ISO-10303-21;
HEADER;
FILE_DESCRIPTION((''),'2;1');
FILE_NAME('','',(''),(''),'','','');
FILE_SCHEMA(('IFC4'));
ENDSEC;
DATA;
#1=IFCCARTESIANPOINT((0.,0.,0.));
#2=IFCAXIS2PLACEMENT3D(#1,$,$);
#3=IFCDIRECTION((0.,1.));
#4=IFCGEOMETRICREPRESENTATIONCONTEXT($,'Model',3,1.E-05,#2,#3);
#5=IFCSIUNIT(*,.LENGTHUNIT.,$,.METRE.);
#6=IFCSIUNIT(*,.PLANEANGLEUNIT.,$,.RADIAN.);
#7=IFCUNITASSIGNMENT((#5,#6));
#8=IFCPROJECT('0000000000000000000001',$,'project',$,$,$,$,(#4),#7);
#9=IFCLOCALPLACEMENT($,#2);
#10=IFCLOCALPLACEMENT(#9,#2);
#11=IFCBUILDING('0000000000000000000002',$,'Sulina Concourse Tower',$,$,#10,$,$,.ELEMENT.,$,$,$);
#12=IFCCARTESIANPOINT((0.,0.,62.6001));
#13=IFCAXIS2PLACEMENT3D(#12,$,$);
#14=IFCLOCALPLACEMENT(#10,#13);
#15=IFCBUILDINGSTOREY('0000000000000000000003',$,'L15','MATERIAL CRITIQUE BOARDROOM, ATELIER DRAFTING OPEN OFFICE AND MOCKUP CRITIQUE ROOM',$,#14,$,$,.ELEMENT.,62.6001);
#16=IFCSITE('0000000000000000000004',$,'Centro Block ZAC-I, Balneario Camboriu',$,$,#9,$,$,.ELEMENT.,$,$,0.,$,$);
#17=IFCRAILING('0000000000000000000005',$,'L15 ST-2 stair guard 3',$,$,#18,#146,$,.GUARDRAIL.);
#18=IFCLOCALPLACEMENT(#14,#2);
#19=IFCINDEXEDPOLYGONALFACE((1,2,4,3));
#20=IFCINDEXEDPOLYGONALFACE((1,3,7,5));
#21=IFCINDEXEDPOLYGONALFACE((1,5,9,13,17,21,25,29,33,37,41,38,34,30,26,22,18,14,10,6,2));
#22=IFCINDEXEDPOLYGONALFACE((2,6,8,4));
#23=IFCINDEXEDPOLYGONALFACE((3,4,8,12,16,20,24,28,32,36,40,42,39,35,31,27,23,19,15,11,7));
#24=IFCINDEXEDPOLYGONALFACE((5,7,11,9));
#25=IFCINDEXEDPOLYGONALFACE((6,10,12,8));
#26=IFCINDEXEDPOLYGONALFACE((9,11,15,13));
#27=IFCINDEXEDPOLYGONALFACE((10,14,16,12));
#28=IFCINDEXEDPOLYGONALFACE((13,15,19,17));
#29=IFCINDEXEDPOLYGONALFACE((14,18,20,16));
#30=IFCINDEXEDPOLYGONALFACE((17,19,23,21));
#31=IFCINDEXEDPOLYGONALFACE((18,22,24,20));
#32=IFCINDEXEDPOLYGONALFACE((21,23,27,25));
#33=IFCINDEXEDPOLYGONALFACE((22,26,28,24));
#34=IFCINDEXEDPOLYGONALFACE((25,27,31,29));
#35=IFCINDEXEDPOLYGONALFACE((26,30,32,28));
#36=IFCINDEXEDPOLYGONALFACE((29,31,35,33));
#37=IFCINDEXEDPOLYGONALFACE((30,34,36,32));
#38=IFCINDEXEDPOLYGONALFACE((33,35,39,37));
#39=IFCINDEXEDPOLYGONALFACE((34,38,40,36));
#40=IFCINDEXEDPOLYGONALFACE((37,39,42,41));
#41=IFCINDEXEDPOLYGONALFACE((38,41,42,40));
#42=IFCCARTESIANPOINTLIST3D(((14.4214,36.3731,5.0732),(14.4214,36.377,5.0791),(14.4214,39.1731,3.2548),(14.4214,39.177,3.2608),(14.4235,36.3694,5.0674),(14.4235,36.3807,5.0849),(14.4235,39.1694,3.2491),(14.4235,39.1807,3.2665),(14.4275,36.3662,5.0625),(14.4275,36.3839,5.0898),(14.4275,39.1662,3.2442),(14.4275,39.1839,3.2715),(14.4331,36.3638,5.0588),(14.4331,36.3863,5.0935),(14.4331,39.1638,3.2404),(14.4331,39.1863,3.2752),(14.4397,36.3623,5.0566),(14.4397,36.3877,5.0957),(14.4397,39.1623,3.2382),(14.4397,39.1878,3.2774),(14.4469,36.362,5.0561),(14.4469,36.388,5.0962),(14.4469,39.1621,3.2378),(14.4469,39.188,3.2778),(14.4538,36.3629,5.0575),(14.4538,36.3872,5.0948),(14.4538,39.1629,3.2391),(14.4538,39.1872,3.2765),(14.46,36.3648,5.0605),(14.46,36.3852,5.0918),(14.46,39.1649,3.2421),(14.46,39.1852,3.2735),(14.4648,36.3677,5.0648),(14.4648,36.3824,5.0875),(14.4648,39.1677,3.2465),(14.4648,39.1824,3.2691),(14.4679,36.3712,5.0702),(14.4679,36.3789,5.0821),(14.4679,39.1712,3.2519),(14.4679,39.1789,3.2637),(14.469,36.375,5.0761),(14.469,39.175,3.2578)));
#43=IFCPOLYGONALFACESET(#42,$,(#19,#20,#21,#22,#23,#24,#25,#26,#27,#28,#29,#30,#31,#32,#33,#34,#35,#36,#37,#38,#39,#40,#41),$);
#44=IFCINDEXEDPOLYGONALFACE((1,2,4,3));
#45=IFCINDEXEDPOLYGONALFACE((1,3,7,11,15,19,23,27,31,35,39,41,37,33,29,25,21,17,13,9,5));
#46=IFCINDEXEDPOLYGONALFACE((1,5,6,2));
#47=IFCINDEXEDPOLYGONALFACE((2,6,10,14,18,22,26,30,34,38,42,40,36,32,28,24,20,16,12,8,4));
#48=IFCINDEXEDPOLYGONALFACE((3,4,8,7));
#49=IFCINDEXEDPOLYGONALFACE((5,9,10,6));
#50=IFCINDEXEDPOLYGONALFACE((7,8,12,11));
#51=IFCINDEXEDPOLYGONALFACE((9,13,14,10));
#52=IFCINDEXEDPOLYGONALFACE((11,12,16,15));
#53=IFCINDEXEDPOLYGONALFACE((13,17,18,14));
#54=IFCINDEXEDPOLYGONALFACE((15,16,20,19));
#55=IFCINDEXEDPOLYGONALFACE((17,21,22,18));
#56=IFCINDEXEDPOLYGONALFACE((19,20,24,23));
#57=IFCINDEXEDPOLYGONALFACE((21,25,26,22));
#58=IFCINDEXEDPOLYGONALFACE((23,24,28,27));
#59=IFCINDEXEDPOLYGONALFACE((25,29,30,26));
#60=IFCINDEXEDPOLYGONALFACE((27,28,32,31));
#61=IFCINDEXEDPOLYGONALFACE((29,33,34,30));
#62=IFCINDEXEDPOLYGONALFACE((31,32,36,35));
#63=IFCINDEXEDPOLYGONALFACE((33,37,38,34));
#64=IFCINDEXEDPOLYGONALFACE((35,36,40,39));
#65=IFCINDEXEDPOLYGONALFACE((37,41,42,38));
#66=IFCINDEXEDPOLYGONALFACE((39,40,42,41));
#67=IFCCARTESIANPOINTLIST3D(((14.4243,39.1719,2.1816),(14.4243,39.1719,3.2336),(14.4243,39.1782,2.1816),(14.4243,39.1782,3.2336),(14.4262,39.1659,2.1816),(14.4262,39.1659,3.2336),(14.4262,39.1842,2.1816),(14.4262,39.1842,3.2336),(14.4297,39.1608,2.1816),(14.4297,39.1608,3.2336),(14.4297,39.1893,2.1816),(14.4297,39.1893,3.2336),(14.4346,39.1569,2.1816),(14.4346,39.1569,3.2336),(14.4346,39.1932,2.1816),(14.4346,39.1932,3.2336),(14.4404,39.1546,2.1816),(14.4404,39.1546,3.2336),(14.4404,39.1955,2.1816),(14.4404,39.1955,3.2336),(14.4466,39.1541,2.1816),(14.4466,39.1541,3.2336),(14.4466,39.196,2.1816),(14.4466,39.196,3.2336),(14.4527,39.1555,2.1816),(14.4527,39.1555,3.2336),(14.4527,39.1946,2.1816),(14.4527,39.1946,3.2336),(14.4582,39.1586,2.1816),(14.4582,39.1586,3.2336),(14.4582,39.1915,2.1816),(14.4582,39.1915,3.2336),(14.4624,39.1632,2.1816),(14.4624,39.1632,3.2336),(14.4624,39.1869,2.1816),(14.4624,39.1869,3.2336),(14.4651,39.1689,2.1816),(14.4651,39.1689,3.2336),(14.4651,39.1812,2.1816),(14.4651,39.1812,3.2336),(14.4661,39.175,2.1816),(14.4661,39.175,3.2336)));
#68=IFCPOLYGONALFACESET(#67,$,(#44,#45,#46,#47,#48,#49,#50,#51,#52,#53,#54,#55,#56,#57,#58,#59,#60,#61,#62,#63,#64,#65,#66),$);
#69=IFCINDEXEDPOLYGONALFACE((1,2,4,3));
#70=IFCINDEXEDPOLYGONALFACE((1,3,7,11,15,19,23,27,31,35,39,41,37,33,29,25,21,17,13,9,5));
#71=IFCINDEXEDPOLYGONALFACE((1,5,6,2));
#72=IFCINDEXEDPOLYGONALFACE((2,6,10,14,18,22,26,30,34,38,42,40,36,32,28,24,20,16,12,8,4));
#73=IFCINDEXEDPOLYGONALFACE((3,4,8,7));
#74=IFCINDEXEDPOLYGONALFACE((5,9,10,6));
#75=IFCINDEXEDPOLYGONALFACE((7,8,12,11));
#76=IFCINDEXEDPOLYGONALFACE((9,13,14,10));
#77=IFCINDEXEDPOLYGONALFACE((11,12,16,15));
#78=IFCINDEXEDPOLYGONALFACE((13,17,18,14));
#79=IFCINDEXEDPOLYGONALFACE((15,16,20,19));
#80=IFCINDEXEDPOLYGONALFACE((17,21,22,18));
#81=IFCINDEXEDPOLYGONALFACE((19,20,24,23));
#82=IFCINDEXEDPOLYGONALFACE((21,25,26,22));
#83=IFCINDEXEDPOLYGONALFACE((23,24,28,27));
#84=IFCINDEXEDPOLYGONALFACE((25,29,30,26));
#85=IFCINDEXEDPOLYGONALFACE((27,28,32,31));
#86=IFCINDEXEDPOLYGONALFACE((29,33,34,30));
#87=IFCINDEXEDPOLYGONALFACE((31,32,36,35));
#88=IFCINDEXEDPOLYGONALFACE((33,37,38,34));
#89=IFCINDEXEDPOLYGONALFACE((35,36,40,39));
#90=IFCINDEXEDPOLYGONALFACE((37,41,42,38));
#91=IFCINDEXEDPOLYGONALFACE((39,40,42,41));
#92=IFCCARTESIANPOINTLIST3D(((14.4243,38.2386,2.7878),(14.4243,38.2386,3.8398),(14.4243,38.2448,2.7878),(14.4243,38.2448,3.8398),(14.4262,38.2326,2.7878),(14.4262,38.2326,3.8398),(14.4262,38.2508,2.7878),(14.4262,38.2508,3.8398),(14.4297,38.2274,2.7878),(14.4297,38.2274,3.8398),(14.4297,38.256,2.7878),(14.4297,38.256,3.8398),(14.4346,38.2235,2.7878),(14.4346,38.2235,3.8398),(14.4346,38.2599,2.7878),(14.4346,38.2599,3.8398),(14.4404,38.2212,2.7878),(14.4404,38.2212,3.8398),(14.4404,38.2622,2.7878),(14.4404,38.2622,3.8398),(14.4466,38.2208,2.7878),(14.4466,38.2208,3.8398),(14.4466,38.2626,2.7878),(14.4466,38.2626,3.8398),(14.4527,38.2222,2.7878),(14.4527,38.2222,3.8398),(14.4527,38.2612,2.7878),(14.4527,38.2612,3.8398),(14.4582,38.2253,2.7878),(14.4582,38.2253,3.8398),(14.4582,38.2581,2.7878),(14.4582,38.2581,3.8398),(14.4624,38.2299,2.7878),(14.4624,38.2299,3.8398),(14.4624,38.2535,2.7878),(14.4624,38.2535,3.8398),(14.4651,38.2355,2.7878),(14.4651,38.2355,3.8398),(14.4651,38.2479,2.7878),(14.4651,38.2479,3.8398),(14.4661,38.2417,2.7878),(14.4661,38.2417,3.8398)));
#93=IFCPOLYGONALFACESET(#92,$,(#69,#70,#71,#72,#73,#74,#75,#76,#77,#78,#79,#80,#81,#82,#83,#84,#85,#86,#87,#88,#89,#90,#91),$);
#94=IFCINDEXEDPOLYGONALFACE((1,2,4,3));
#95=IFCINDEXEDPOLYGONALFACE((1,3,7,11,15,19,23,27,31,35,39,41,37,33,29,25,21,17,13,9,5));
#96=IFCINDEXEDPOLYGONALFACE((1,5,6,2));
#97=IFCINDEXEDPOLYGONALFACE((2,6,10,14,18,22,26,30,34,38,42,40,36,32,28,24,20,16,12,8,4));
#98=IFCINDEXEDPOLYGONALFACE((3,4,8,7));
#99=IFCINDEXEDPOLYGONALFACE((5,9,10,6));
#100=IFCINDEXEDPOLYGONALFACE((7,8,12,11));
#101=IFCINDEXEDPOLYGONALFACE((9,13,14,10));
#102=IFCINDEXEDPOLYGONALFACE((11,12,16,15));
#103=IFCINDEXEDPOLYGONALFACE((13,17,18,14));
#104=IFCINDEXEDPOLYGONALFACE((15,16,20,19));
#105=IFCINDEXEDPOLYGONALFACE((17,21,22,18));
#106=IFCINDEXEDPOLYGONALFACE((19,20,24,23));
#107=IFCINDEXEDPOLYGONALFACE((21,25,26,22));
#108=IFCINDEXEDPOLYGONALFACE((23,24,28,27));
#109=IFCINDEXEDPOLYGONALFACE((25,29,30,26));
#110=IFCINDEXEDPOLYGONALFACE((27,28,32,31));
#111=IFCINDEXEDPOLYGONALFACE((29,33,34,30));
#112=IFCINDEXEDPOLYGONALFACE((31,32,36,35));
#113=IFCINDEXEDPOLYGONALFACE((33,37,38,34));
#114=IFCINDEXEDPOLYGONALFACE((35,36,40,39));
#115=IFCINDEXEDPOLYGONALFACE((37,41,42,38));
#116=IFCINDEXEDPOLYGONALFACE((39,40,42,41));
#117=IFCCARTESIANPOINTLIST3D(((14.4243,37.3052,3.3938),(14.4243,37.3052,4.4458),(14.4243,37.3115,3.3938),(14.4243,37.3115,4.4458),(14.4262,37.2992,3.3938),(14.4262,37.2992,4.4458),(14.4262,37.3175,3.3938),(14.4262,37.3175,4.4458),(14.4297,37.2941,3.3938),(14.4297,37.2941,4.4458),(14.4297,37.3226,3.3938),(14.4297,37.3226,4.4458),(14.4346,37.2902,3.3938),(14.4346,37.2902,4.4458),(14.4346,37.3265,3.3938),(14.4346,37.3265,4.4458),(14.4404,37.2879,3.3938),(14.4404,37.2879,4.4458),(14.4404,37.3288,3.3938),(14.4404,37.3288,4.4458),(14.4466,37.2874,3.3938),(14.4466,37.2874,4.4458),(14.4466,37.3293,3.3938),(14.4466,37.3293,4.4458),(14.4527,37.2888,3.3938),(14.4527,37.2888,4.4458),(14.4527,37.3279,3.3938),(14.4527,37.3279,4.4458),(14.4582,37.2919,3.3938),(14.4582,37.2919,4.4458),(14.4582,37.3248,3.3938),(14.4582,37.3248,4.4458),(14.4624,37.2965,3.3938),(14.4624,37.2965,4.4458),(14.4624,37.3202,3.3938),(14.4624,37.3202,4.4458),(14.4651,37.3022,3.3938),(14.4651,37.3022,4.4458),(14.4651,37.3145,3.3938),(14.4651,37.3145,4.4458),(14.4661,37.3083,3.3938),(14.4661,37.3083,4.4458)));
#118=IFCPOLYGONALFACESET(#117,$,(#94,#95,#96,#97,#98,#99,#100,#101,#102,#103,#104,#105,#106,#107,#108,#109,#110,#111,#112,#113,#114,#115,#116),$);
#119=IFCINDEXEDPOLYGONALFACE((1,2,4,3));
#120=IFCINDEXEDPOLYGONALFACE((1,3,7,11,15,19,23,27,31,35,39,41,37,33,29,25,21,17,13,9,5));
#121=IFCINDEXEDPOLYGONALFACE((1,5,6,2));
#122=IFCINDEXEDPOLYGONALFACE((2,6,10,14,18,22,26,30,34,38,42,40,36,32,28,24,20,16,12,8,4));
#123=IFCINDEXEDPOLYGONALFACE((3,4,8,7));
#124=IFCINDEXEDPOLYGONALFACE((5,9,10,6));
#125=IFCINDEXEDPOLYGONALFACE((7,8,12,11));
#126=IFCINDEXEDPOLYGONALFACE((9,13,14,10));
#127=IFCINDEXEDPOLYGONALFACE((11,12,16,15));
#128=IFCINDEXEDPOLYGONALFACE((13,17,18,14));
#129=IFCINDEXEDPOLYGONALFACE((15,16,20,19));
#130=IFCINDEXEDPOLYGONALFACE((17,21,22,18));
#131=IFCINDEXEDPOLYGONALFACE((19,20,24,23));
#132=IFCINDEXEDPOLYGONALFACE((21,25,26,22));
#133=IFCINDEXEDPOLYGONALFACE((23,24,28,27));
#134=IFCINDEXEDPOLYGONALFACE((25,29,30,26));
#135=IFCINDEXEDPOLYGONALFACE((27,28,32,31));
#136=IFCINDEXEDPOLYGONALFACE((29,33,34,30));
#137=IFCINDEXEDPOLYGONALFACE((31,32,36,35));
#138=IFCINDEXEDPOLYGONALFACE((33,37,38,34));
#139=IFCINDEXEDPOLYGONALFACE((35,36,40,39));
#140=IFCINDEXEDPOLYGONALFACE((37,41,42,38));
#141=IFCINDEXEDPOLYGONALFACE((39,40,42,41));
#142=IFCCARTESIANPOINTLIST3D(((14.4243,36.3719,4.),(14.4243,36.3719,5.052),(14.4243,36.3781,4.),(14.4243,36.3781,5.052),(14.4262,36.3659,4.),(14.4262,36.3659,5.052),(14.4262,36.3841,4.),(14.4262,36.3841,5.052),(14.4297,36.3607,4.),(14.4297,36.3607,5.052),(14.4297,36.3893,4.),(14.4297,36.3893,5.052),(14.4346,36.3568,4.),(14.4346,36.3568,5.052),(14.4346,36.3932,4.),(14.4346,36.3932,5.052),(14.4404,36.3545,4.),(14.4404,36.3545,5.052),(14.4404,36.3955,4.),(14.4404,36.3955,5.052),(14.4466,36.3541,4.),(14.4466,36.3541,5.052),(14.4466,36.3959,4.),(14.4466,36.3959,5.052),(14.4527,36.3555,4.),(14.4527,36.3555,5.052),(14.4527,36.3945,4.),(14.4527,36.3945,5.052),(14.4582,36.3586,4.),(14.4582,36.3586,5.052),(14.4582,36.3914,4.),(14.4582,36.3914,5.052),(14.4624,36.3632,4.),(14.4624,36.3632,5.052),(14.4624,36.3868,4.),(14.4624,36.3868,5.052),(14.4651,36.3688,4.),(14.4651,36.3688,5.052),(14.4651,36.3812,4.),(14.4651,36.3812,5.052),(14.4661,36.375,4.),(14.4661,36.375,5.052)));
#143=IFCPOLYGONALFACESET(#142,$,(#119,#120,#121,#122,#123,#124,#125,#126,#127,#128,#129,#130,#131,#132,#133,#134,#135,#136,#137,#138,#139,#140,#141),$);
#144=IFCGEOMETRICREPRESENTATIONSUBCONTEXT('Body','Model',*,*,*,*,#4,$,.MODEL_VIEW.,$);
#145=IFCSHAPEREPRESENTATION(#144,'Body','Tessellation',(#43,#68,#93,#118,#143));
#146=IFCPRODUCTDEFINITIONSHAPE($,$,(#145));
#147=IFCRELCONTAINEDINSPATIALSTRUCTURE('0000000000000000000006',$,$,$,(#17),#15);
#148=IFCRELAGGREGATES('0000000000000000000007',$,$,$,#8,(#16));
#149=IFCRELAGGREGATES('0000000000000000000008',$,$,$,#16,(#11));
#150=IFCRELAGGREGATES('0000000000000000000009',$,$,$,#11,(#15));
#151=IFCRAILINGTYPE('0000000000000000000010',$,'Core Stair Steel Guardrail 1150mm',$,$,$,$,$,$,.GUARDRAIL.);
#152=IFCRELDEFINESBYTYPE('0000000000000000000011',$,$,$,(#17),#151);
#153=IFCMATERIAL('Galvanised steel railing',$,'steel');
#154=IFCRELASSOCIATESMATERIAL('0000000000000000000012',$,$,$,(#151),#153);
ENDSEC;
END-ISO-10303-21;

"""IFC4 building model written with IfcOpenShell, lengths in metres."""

from ifc_helpers import new_model, si_unit, direction, frame, origin, origin_2d, place, context, subcontext, project, spatial, circle, extrude, material, type_object, element, save


model = new_model("IFC4")

# Units and contexts
model_context = context("Model", 3, precision=1e-05, world=origin(), true_north=direction((0.0, 1.0)))
body_context = subcontext(model_context, "Body", "Model", "MODEL_VIEW")
ifc_project = project(units=[si_unit("LENGTHUNIT", "METRE"), si_unit("PLANEANGLEUNIT", "RADIAN")], contexts=[model_context])

# Site, building, storey
site_placement = place(None, origin())
site = spatial("IfcSite", under=ifc_project, at=site_placement, Name="Centro Block ZAC-I, Balneario Camboriu", CompositionType="ELEMENT", RefElevation=0.0)
building_placement = place(site_placement, origin())
building = spatial("IfcBuilding", under=site, at=building_placement, Name="Sulina Concourse Tower", CompositionType="ELEMENT")
storey_placement = place(building_placement, frame((0.0, 0.0, 62.6001)))
storey = spatial("IfcBuildingStorey", under=building, at=storey_placement, Name="L15", Description="MATERIAL CRITIQUE BOARDROOM, ATELIER DRAFTING OPEN OFFICE AND MOCKUP CRITIQUE ROOM", CompositionType="ELEMENT", Elevation=62.6001)

# Railing
ifc_material_1 = material(Name="Galvanised steel railing", Category="steel")
railing_type_1 = type_object("IfcRailingType", Name="Core Stair Steel Guardrail 1150mm", PredefinedType="GUARDRAIL", material=ifc_material_1)
railing_1_placement = place(storey_placement, frame((14.4451, 39.175, 2.1816)))
element("IfcRailing", 1, at=railing_1_placement, inside=storey, type_object=railing_type_1, Name="L15 ST-2 stair guard 3", PredefinedType="GUARDRAIL", context=body_context, shape_type="SweptSolid", body=[
    extrude(circle(Radius=0.0239, at=origin_2d()), frame((0.0, 0.0, 1.0762), z_axis=(0.0, -0.838672, 0.544636), x_axis=(1.0, 0.0, 0.0)), (0.0, 0.0, 1.0), 3.3386),
    extrude(circle(Radius=0.021, at=origin_2d()), origin(), (0.0, 0.0, 1.0), 1.052),
    extrude(circle(Radius=0.021, at=origin_2d()), frame((0.0, -0.9333, 0.6062)), (0.0, 0.0, 1.0), 1.052),
    extrude(circle(Radius=0.021, at=origin_2d()), frame((0.0, -1.8667, 1.2122)), (0.0, 0.0, 1.0), 1.052),
    extrude(circle(Radius=0.021, at=origin_2d()), frame((0.0, -2.8, 1.8184)), (0.0, 0.0, 1.0), 1.052),
])

save(model, "model.ifc")
